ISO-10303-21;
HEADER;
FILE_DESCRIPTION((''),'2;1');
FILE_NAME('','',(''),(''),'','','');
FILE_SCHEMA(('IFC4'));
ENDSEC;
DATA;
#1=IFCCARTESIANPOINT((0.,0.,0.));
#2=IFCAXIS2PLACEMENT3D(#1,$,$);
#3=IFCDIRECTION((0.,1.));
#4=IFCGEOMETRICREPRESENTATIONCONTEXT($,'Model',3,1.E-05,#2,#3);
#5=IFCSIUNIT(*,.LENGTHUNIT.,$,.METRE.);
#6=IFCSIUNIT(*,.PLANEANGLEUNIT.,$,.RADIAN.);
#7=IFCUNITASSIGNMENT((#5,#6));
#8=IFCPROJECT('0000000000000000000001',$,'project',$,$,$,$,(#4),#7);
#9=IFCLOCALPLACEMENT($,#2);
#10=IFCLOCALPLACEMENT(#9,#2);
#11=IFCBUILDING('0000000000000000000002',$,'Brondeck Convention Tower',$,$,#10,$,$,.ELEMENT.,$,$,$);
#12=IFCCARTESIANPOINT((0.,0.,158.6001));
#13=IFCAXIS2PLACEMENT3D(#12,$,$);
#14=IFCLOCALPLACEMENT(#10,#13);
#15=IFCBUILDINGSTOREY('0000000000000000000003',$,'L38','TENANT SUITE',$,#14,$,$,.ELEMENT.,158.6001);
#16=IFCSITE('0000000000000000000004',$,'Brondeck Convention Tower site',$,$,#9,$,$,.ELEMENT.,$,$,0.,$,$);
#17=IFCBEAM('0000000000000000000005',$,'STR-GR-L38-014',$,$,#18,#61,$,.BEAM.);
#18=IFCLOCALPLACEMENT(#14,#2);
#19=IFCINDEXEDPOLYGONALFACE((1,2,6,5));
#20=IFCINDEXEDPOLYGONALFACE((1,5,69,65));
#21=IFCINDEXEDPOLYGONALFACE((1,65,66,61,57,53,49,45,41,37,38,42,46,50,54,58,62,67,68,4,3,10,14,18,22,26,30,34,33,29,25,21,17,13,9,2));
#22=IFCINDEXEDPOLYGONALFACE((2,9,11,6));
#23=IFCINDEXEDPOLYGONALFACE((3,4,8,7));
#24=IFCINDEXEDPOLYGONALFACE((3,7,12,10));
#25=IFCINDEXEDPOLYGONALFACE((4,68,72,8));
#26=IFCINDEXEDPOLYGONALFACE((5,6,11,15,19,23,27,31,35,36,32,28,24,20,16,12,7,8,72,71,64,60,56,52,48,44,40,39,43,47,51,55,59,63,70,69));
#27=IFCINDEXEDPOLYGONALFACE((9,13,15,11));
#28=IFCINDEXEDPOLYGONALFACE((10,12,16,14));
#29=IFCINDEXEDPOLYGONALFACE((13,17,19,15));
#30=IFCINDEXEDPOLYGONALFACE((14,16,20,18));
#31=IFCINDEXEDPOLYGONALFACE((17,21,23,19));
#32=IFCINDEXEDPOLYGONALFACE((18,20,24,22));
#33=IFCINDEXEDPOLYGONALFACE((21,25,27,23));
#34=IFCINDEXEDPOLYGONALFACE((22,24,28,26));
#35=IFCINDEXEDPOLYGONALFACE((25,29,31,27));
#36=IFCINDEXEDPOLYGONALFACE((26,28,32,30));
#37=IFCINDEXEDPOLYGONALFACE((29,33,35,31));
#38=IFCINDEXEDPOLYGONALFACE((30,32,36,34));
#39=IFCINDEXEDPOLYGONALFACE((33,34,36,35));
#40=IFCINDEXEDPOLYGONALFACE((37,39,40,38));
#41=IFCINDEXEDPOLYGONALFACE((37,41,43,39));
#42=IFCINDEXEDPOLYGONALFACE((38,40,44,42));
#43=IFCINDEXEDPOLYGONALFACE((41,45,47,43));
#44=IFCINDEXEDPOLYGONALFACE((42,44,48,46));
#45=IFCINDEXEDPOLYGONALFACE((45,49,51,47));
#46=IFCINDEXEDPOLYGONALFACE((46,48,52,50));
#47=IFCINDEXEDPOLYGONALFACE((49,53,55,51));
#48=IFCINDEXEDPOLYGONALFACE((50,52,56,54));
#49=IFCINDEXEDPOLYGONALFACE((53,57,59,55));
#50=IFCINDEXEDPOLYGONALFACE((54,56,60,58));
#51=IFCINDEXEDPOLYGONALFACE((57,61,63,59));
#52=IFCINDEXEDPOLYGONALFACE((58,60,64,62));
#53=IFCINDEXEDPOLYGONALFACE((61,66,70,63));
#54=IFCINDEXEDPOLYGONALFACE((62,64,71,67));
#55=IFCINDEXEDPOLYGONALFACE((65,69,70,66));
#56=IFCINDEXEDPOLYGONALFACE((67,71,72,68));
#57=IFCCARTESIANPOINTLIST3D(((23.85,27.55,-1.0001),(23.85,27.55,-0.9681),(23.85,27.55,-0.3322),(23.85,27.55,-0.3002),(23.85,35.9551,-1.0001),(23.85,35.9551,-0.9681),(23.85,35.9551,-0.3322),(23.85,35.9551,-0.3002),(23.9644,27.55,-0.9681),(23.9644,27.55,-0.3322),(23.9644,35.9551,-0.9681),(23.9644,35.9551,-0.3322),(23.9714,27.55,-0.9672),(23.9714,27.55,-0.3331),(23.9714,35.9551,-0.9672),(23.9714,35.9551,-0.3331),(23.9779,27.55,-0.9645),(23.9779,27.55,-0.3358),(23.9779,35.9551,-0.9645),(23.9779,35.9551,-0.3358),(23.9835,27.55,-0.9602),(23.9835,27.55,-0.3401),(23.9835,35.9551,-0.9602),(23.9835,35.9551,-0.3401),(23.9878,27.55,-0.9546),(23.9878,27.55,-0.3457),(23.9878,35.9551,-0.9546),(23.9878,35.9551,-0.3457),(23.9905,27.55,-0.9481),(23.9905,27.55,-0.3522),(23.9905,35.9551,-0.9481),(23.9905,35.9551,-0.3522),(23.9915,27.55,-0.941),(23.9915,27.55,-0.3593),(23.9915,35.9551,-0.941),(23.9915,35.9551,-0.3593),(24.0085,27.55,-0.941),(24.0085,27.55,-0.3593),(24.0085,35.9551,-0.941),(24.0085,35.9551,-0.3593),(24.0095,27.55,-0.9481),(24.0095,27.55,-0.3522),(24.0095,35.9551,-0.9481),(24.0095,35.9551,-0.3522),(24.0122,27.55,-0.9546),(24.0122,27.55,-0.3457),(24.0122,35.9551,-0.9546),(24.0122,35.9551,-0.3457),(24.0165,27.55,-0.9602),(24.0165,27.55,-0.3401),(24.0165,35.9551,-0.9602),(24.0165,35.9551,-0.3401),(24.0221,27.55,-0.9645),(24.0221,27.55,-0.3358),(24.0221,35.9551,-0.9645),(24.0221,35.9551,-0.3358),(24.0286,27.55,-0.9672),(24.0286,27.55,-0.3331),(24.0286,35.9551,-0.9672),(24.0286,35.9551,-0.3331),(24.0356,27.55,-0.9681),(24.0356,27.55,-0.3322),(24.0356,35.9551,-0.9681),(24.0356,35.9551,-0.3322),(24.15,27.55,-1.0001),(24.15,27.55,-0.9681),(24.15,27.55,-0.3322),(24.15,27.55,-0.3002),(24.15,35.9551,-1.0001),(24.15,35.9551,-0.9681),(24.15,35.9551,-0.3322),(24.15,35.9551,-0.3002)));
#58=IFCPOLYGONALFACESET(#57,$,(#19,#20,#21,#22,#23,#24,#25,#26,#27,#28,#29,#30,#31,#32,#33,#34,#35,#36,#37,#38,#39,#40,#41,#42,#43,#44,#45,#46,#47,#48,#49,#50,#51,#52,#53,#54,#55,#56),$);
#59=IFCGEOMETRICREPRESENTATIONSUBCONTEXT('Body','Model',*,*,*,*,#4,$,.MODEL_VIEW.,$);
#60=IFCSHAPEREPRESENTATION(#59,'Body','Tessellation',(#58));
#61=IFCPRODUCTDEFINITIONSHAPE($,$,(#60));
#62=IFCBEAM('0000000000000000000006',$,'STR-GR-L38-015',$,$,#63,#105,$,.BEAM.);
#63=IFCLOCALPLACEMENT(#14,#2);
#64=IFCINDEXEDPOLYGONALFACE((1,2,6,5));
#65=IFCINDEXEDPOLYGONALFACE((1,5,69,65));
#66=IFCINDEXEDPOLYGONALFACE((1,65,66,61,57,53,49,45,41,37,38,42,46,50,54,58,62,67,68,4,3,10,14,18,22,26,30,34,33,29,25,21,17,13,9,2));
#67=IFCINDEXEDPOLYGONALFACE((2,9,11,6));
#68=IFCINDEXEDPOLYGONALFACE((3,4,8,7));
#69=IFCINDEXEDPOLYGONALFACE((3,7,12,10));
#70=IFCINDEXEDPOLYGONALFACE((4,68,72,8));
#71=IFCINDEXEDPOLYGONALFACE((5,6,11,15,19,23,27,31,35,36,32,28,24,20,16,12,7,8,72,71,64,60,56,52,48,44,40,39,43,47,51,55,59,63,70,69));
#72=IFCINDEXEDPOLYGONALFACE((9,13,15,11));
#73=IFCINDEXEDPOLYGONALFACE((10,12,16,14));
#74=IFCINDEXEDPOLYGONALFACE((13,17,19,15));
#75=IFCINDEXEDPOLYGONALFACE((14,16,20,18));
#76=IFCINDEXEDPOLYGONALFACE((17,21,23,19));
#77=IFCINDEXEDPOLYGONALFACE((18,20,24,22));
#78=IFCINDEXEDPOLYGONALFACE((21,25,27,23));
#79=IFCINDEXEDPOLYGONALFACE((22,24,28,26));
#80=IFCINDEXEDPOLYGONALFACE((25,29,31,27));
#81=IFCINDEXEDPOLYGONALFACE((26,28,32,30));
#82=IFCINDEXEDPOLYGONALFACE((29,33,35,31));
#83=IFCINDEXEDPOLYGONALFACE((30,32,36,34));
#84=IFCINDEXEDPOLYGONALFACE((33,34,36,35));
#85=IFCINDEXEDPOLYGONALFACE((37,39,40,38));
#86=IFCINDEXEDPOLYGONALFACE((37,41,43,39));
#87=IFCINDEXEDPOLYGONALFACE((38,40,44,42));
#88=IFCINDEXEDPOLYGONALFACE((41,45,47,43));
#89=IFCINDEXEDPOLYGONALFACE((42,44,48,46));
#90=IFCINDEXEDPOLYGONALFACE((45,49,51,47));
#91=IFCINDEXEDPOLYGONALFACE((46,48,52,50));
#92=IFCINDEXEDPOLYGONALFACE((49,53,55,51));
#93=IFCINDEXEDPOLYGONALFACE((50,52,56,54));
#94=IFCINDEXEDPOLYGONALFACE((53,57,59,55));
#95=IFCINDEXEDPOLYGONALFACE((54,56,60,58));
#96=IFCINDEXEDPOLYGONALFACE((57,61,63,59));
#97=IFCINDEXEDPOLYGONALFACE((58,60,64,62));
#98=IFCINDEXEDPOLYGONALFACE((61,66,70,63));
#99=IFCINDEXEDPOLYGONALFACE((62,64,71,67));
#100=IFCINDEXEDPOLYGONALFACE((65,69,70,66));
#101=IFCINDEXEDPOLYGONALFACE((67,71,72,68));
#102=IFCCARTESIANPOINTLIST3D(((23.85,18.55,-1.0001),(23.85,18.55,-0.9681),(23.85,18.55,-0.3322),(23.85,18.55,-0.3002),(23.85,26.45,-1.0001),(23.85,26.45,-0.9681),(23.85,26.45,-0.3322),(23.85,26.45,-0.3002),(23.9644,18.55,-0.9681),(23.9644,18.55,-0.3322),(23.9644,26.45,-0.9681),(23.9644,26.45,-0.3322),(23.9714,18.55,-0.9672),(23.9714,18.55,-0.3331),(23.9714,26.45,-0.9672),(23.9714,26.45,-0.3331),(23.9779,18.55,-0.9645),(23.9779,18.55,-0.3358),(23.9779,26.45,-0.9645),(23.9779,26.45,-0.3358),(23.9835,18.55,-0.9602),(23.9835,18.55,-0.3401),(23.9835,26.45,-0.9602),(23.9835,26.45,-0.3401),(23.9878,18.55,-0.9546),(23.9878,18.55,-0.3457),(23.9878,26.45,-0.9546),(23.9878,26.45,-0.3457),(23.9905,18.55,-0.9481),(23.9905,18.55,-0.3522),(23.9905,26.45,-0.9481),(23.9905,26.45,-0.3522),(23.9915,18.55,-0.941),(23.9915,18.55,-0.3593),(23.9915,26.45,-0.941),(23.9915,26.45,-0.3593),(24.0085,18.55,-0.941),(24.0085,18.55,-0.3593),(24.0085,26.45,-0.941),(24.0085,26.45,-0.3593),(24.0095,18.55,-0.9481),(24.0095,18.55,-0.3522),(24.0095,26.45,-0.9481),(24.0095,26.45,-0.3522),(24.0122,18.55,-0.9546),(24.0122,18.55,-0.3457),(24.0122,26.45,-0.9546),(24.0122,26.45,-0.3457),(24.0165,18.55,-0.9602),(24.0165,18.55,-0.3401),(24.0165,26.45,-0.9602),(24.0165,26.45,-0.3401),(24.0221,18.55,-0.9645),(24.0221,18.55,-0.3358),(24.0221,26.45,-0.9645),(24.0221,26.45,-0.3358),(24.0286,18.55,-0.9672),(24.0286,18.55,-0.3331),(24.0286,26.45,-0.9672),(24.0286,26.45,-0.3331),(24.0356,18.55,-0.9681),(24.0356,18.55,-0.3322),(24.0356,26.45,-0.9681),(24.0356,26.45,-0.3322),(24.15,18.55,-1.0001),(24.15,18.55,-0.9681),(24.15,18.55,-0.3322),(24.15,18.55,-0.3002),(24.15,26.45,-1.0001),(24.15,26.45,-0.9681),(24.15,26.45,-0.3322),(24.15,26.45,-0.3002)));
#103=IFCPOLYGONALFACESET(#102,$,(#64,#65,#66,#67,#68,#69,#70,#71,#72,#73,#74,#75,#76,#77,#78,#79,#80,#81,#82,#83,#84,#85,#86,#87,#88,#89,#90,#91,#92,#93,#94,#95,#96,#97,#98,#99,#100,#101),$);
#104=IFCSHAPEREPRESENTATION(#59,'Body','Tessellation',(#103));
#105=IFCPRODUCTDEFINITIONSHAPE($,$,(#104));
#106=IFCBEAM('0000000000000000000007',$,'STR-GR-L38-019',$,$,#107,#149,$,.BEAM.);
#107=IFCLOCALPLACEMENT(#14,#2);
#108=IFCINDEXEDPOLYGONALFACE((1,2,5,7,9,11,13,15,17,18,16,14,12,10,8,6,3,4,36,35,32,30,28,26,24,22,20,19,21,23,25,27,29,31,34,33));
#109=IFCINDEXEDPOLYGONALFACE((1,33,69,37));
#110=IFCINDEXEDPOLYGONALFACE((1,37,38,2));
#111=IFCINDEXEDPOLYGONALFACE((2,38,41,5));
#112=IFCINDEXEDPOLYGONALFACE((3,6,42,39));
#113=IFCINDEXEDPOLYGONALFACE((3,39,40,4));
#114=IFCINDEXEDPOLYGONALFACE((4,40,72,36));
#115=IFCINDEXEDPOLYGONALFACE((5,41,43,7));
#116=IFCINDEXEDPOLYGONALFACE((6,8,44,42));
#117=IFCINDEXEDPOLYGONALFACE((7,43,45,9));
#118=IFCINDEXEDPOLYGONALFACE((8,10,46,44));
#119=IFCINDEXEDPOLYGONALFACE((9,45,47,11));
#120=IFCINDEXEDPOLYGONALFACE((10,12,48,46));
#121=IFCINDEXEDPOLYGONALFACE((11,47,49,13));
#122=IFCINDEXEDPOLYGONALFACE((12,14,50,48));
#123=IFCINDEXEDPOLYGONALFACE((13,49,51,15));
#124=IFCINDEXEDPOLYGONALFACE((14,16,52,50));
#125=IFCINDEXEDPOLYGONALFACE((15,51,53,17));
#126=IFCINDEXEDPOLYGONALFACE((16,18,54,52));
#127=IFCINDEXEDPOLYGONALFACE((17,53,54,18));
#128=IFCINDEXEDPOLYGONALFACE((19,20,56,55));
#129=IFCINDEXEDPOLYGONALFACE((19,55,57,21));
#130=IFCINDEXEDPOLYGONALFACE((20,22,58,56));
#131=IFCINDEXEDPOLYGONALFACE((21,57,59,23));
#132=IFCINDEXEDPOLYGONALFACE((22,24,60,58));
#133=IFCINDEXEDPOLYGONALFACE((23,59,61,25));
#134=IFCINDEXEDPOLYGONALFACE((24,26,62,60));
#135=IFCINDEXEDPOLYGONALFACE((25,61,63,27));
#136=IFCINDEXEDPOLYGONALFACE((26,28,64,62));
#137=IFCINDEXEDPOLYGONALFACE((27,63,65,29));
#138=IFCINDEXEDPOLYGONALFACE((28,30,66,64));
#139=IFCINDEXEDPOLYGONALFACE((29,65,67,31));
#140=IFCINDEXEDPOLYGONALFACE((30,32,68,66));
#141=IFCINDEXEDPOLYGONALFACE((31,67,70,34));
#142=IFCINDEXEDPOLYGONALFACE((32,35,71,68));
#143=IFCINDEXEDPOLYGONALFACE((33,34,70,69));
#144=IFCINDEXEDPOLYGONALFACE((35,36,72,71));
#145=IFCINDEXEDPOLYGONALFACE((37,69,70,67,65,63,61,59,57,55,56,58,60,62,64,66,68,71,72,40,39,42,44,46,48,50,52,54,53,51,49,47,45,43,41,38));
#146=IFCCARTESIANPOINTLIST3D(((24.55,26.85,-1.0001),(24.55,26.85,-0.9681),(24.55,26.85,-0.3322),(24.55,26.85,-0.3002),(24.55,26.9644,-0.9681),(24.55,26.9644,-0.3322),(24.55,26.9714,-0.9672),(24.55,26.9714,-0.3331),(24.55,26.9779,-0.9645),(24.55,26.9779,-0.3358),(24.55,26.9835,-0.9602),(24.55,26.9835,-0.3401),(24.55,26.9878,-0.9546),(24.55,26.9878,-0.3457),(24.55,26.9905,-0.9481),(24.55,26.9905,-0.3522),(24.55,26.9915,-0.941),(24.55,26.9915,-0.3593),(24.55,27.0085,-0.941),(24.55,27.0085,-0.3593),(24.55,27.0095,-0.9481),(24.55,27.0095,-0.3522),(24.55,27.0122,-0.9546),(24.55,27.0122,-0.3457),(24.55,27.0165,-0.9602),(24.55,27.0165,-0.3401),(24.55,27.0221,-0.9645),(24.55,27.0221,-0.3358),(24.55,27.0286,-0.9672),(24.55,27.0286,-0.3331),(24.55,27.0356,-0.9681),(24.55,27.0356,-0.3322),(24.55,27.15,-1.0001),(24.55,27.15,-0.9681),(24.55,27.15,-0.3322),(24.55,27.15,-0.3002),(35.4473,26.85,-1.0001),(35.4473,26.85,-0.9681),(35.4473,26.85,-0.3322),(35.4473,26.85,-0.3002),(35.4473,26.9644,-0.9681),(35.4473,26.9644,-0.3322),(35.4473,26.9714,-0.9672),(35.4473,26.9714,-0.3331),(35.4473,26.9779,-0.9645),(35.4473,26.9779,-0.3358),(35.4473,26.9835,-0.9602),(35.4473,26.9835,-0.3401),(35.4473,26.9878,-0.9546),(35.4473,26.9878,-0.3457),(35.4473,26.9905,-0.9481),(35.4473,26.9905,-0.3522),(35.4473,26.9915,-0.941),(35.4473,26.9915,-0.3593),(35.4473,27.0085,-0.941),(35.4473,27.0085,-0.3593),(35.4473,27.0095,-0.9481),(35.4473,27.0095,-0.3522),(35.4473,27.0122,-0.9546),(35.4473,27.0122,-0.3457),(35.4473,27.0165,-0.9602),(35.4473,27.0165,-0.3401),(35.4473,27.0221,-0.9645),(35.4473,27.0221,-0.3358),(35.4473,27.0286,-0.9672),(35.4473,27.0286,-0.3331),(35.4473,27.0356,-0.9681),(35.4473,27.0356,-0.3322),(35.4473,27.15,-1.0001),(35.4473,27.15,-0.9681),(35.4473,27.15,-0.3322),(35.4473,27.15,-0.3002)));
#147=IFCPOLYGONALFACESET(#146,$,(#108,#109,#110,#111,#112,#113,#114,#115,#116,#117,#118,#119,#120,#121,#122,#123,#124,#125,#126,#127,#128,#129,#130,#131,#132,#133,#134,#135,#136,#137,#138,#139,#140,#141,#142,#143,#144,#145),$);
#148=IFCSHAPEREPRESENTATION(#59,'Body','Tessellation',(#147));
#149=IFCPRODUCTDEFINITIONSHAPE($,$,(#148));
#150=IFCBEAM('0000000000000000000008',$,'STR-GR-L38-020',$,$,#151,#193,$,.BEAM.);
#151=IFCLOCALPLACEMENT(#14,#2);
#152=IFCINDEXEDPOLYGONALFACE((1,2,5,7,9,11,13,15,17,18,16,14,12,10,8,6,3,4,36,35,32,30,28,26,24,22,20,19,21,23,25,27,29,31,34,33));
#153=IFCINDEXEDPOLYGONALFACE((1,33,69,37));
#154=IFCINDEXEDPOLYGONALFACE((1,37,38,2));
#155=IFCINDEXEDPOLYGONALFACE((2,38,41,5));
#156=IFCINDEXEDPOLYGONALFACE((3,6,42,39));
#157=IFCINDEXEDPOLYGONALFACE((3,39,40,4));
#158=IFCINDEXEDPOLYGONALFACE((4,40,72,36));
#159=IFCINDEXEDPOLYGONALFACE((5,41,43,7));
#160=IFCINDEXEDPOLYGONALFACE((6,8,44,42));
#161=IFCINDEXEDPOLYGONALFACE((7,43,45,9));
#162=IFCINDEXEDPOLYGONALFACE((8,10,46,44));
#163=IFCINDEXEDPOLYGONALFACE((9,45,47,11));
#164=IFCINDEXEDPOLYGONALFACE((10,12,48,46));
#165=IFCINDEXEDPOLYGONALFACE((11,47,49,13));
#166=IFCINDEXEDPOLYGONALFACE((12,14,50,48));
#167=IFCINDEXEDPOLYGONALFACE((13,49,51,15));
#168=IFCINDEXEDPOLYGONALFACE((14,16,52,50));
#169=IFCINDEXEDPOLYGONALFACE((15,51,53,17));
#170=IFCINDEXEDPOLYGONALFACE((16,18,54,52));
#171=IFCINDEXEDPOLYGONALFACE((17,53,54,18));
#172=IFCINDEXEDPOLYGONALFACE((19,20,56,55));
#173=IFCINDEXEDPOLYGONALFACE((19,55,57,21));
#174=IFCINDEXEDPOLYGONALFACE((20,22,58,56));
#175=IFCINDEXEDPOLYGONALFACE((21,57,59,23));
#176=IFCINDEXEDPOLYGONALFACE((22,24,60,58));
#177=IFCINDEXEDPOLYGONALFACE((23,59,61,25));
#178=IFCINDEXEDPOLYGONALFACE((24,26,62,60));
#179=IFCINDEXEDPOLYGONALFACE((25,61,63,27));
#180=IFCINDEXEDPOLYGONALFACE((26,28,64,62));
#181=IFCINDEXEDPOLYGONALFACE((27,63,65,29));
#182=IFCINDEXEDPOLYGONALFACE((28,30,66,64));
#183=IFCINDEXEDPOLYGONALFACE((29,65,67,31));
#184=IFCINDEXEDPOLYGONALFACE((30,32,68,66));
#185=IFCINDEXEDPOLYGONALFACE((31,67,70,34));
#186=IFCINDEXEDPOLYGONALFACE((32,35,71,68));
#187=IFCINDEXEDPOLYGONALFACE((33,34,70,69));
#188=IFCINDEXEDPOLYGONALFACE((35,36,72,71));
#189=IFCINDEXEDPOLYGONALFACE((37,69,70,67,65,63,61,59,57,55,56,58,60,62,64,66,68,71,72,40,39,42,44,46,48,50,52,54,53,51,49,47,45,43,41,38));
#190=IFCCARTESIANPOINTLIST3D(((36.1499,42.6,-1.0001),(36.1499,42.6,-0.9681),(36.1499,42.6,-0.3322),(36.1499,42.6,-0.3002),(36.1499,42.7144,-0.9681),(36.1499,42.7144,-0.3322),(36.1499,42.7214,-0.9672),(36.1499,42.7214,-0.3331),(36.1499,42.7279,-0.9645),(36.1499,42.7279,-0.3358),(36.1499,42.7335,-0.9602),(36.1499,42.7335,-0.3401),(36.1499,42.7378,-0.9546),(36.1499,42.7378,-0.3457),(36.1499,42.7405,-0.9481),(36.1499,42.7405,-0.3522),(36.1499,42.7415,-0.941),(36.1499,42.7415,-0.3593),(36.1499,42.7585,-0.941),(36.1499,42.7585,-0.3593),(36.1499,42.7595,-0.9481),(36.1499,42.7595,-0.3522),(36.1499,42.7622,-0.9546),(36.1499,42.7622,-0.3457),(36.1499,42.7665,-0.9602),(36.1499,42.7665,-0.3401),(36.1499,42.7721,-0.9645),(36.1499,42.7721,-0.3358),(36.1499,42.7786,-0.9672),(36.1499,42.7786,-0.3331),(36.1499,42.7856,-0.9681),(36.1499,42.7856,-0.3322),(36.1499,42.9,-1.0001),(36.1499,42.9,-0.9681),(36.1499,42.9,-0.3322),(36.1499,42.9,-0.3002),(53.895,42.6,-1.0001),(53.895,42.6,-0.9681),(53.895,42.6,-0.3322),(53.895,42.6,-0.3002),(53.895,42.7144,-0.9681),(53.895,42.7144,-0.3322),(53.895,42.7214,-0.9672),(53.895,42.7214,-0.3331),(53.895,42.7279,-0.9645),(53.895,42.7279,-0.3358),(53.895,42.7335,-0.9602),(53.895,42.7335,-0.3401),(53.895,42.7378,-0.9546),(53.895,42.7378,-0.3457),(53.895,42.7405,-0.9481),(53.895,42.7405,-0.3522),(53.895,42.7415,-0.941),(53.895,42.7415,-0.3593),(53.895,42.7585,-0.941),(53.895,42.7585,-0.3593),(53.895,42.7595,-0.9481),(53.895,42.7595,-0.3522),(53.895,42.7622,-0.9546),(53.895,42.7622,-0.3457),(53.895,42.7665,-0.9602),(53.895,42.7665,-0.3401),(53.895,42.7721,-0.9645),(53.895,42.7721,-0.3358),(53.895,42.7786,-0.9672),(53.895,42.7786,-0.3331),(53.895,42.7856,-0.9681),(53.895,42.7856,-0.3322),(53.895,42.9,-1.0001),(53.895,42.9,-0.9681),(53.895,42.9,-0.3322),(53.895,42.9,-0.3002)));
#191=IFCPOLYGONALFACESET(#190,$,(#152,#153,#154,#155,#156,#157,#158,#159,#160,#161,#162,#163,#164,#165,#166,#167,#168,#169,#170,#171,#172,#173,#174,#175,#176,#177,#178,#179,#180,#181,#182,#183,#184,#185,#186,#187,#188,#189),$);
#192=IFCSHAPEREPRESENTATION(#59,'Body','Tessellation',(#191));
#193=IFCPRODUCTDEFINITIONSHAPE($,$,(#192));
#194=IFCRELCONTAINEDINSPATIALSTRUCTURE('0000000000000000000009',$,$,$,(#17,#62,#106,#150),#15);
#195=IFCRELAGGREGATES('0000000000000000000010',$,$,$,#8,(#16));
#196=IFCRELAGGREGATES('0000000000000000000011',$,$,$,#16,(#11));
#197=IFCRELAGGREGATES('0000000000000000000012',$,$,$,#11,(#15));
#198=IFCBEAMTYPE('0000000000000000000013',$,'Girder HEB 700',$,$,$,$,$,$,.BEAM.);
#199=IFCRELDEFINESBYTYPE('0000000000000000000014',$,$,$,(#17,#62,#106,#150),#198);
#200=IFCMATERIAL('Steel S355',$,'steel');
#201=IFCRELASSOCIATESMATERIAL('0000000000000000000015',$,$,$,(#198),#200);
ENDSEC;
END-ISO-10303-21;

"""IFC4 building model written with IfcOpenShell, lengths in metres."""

from ifc_helpers import new_model, si_unit, direction, frame, origin, origin_2d, place, context, subcontext, project, spatial, i_section, extrude, material, material_profile, profile_set, type_object, element, save


model = new_model("IFC4")

# Units and contexts
model_context = context("Model", 3, precision=1e-05, world=origin(), true_north=direction((0.0, 1.0)))
body_context = subcontext(model_context, "Body", "Model", "MODEL_VIEW")
ifc_project = project(units=[si_unit("LENGTHUNIT", "METRE"), si_unit("PLANEANGLEUNIT", "RADIAN")], contexts=[model_context])

# Site, building, storey
site_placement = place(None, origin())
site = spatial("IfcSite", under=ifc_project, at=site_placement, Name="Brondeck Convention Tower site", CompositionType="ELEMENT", RefElevation=0.0)
building_placement = place(site_placement, origin())
building = spatial("IfcBuilding", under=site, at=building_placement, Name="Brondeck Convention Tower", CompositionType="ELEMENT")
storey_placement = place(building_placement, frame((0.0, 0.0, 158.6001)))
storey = spatial("IfcBuildingStorey", under=building, at=storey_placement, Name="L38", Description="TENANT SUITE", CompositionType="ELEMENT", Elevation=158.6001)

# Beams
ifc_material_1 = material(Name="Steel S355", Category="steel")
ifc_material_profile_1 = material_profile(ifc_material_1, i_section(OverallWidth=0.3, OverallDepth=0.7, WebThickness=0.0171, FlangeThickness=0.032, FilletRadius=0.0271, at=origin_2d()), Name="HEB 700")
ifc_profile_set_1 = profile_set([ifc_material_profile_1], Name="Steel S355")
beam_type_1 = type_object("IfcBeamType", Name="Girder HEB 700", PredefinedType="BEAM", material=ifc_profile_set_1)
beam_1_placement = place(storey_placement, frame((24.0, 35.9551, -0.6501), z_axis=(0.0, -1.0, 0.0), x_axis=(1.0, 0.0, 0.0)))
element("IfcBeam", 1, at=beam_1_placement, inside=storey, type_object=beam_type_1, Name="STR-GR-L38-014", PredefinedType="BEAM", context=body_context, shape_type="SweptSolid", body=[
    extrude(i_section(OverallWidth=0.3, OverallDepth=0.7, WebThickness=0.0171, FlangeThickness=0.032, FilletRadius=0.0271, at=origin_2d()), origin(), (0.0, 0.0, 1.0), 8.405),
])
beam_2_placement = place(storey_placement, frame((24.0, 26.45, -0.6501), z_axis=(0.0, -1.0, 0.0), x_axis=(1.0, 0.0, 0.0)))
element("IfcBeam", 2, at=beam_2_placement, inside=storey, type_object=beam_type_1, Name="STR-GR-L38-015", PredefinedType="BEAM", context=body_context, shape_type="SweptSolid", body=[
    extrude(i_section(OverallWidth=0.3, OverallDepth=0.7, WebThickness=0.0171, FlangeThickness=0.032, FilletRadius=0.0271, at=origin_2d()), origin(), (0.0, 0.0, 1.0), 7.8999),
])
beam_3_placement = place(storey_placement, frame((24.55, 27.0, -0.6501), z_axis=(1.0, 0.0, 0.0), x_axis=(0.0, 1.0, 0.0)))
element("IfcBeam", 3, at=beam_3_placement, inside=storey, type_object=beam_type_1, Name="STR-GR-L38-019", PredefinedType="BEAM", context=body_context, shape_type="SweptSolid", body=[
    extrude(i_section(OverallWidth=0.3, OverallDepth=0.7, WebThickness=0.0171, FlangeThickness=0.032, FilletRadius=0.0271, at=origin_2d()), origin(), (0.0, 0.0, 1.0), 10.8972),
])
beam_4_placement = place(storey_placement, frame((36.1499, 42.75, -0.6501), z_axis=(1.0, 0.0, 0.0), x_axis=(0.0, 1.0, 0.0)))
element("IfcBeam", 4, at=beam_4_placement, inside=storey, type_object=beam_type_1, Name="STR-GR-L38-020", PredefinedType="BEAM", context=body_context, shape_type="SweptSolid", body=[
    extrude(i_section(OverallWidth=0.3, OverallDepth=0.7, WebThickness=0.0171, FlangeThickness=0.032, FilletRadius=0.0271, at=origin_2d()), origin(), (0.0, 0.0, 1.0), 17.7451),
])

save(model, "model.ifc")
